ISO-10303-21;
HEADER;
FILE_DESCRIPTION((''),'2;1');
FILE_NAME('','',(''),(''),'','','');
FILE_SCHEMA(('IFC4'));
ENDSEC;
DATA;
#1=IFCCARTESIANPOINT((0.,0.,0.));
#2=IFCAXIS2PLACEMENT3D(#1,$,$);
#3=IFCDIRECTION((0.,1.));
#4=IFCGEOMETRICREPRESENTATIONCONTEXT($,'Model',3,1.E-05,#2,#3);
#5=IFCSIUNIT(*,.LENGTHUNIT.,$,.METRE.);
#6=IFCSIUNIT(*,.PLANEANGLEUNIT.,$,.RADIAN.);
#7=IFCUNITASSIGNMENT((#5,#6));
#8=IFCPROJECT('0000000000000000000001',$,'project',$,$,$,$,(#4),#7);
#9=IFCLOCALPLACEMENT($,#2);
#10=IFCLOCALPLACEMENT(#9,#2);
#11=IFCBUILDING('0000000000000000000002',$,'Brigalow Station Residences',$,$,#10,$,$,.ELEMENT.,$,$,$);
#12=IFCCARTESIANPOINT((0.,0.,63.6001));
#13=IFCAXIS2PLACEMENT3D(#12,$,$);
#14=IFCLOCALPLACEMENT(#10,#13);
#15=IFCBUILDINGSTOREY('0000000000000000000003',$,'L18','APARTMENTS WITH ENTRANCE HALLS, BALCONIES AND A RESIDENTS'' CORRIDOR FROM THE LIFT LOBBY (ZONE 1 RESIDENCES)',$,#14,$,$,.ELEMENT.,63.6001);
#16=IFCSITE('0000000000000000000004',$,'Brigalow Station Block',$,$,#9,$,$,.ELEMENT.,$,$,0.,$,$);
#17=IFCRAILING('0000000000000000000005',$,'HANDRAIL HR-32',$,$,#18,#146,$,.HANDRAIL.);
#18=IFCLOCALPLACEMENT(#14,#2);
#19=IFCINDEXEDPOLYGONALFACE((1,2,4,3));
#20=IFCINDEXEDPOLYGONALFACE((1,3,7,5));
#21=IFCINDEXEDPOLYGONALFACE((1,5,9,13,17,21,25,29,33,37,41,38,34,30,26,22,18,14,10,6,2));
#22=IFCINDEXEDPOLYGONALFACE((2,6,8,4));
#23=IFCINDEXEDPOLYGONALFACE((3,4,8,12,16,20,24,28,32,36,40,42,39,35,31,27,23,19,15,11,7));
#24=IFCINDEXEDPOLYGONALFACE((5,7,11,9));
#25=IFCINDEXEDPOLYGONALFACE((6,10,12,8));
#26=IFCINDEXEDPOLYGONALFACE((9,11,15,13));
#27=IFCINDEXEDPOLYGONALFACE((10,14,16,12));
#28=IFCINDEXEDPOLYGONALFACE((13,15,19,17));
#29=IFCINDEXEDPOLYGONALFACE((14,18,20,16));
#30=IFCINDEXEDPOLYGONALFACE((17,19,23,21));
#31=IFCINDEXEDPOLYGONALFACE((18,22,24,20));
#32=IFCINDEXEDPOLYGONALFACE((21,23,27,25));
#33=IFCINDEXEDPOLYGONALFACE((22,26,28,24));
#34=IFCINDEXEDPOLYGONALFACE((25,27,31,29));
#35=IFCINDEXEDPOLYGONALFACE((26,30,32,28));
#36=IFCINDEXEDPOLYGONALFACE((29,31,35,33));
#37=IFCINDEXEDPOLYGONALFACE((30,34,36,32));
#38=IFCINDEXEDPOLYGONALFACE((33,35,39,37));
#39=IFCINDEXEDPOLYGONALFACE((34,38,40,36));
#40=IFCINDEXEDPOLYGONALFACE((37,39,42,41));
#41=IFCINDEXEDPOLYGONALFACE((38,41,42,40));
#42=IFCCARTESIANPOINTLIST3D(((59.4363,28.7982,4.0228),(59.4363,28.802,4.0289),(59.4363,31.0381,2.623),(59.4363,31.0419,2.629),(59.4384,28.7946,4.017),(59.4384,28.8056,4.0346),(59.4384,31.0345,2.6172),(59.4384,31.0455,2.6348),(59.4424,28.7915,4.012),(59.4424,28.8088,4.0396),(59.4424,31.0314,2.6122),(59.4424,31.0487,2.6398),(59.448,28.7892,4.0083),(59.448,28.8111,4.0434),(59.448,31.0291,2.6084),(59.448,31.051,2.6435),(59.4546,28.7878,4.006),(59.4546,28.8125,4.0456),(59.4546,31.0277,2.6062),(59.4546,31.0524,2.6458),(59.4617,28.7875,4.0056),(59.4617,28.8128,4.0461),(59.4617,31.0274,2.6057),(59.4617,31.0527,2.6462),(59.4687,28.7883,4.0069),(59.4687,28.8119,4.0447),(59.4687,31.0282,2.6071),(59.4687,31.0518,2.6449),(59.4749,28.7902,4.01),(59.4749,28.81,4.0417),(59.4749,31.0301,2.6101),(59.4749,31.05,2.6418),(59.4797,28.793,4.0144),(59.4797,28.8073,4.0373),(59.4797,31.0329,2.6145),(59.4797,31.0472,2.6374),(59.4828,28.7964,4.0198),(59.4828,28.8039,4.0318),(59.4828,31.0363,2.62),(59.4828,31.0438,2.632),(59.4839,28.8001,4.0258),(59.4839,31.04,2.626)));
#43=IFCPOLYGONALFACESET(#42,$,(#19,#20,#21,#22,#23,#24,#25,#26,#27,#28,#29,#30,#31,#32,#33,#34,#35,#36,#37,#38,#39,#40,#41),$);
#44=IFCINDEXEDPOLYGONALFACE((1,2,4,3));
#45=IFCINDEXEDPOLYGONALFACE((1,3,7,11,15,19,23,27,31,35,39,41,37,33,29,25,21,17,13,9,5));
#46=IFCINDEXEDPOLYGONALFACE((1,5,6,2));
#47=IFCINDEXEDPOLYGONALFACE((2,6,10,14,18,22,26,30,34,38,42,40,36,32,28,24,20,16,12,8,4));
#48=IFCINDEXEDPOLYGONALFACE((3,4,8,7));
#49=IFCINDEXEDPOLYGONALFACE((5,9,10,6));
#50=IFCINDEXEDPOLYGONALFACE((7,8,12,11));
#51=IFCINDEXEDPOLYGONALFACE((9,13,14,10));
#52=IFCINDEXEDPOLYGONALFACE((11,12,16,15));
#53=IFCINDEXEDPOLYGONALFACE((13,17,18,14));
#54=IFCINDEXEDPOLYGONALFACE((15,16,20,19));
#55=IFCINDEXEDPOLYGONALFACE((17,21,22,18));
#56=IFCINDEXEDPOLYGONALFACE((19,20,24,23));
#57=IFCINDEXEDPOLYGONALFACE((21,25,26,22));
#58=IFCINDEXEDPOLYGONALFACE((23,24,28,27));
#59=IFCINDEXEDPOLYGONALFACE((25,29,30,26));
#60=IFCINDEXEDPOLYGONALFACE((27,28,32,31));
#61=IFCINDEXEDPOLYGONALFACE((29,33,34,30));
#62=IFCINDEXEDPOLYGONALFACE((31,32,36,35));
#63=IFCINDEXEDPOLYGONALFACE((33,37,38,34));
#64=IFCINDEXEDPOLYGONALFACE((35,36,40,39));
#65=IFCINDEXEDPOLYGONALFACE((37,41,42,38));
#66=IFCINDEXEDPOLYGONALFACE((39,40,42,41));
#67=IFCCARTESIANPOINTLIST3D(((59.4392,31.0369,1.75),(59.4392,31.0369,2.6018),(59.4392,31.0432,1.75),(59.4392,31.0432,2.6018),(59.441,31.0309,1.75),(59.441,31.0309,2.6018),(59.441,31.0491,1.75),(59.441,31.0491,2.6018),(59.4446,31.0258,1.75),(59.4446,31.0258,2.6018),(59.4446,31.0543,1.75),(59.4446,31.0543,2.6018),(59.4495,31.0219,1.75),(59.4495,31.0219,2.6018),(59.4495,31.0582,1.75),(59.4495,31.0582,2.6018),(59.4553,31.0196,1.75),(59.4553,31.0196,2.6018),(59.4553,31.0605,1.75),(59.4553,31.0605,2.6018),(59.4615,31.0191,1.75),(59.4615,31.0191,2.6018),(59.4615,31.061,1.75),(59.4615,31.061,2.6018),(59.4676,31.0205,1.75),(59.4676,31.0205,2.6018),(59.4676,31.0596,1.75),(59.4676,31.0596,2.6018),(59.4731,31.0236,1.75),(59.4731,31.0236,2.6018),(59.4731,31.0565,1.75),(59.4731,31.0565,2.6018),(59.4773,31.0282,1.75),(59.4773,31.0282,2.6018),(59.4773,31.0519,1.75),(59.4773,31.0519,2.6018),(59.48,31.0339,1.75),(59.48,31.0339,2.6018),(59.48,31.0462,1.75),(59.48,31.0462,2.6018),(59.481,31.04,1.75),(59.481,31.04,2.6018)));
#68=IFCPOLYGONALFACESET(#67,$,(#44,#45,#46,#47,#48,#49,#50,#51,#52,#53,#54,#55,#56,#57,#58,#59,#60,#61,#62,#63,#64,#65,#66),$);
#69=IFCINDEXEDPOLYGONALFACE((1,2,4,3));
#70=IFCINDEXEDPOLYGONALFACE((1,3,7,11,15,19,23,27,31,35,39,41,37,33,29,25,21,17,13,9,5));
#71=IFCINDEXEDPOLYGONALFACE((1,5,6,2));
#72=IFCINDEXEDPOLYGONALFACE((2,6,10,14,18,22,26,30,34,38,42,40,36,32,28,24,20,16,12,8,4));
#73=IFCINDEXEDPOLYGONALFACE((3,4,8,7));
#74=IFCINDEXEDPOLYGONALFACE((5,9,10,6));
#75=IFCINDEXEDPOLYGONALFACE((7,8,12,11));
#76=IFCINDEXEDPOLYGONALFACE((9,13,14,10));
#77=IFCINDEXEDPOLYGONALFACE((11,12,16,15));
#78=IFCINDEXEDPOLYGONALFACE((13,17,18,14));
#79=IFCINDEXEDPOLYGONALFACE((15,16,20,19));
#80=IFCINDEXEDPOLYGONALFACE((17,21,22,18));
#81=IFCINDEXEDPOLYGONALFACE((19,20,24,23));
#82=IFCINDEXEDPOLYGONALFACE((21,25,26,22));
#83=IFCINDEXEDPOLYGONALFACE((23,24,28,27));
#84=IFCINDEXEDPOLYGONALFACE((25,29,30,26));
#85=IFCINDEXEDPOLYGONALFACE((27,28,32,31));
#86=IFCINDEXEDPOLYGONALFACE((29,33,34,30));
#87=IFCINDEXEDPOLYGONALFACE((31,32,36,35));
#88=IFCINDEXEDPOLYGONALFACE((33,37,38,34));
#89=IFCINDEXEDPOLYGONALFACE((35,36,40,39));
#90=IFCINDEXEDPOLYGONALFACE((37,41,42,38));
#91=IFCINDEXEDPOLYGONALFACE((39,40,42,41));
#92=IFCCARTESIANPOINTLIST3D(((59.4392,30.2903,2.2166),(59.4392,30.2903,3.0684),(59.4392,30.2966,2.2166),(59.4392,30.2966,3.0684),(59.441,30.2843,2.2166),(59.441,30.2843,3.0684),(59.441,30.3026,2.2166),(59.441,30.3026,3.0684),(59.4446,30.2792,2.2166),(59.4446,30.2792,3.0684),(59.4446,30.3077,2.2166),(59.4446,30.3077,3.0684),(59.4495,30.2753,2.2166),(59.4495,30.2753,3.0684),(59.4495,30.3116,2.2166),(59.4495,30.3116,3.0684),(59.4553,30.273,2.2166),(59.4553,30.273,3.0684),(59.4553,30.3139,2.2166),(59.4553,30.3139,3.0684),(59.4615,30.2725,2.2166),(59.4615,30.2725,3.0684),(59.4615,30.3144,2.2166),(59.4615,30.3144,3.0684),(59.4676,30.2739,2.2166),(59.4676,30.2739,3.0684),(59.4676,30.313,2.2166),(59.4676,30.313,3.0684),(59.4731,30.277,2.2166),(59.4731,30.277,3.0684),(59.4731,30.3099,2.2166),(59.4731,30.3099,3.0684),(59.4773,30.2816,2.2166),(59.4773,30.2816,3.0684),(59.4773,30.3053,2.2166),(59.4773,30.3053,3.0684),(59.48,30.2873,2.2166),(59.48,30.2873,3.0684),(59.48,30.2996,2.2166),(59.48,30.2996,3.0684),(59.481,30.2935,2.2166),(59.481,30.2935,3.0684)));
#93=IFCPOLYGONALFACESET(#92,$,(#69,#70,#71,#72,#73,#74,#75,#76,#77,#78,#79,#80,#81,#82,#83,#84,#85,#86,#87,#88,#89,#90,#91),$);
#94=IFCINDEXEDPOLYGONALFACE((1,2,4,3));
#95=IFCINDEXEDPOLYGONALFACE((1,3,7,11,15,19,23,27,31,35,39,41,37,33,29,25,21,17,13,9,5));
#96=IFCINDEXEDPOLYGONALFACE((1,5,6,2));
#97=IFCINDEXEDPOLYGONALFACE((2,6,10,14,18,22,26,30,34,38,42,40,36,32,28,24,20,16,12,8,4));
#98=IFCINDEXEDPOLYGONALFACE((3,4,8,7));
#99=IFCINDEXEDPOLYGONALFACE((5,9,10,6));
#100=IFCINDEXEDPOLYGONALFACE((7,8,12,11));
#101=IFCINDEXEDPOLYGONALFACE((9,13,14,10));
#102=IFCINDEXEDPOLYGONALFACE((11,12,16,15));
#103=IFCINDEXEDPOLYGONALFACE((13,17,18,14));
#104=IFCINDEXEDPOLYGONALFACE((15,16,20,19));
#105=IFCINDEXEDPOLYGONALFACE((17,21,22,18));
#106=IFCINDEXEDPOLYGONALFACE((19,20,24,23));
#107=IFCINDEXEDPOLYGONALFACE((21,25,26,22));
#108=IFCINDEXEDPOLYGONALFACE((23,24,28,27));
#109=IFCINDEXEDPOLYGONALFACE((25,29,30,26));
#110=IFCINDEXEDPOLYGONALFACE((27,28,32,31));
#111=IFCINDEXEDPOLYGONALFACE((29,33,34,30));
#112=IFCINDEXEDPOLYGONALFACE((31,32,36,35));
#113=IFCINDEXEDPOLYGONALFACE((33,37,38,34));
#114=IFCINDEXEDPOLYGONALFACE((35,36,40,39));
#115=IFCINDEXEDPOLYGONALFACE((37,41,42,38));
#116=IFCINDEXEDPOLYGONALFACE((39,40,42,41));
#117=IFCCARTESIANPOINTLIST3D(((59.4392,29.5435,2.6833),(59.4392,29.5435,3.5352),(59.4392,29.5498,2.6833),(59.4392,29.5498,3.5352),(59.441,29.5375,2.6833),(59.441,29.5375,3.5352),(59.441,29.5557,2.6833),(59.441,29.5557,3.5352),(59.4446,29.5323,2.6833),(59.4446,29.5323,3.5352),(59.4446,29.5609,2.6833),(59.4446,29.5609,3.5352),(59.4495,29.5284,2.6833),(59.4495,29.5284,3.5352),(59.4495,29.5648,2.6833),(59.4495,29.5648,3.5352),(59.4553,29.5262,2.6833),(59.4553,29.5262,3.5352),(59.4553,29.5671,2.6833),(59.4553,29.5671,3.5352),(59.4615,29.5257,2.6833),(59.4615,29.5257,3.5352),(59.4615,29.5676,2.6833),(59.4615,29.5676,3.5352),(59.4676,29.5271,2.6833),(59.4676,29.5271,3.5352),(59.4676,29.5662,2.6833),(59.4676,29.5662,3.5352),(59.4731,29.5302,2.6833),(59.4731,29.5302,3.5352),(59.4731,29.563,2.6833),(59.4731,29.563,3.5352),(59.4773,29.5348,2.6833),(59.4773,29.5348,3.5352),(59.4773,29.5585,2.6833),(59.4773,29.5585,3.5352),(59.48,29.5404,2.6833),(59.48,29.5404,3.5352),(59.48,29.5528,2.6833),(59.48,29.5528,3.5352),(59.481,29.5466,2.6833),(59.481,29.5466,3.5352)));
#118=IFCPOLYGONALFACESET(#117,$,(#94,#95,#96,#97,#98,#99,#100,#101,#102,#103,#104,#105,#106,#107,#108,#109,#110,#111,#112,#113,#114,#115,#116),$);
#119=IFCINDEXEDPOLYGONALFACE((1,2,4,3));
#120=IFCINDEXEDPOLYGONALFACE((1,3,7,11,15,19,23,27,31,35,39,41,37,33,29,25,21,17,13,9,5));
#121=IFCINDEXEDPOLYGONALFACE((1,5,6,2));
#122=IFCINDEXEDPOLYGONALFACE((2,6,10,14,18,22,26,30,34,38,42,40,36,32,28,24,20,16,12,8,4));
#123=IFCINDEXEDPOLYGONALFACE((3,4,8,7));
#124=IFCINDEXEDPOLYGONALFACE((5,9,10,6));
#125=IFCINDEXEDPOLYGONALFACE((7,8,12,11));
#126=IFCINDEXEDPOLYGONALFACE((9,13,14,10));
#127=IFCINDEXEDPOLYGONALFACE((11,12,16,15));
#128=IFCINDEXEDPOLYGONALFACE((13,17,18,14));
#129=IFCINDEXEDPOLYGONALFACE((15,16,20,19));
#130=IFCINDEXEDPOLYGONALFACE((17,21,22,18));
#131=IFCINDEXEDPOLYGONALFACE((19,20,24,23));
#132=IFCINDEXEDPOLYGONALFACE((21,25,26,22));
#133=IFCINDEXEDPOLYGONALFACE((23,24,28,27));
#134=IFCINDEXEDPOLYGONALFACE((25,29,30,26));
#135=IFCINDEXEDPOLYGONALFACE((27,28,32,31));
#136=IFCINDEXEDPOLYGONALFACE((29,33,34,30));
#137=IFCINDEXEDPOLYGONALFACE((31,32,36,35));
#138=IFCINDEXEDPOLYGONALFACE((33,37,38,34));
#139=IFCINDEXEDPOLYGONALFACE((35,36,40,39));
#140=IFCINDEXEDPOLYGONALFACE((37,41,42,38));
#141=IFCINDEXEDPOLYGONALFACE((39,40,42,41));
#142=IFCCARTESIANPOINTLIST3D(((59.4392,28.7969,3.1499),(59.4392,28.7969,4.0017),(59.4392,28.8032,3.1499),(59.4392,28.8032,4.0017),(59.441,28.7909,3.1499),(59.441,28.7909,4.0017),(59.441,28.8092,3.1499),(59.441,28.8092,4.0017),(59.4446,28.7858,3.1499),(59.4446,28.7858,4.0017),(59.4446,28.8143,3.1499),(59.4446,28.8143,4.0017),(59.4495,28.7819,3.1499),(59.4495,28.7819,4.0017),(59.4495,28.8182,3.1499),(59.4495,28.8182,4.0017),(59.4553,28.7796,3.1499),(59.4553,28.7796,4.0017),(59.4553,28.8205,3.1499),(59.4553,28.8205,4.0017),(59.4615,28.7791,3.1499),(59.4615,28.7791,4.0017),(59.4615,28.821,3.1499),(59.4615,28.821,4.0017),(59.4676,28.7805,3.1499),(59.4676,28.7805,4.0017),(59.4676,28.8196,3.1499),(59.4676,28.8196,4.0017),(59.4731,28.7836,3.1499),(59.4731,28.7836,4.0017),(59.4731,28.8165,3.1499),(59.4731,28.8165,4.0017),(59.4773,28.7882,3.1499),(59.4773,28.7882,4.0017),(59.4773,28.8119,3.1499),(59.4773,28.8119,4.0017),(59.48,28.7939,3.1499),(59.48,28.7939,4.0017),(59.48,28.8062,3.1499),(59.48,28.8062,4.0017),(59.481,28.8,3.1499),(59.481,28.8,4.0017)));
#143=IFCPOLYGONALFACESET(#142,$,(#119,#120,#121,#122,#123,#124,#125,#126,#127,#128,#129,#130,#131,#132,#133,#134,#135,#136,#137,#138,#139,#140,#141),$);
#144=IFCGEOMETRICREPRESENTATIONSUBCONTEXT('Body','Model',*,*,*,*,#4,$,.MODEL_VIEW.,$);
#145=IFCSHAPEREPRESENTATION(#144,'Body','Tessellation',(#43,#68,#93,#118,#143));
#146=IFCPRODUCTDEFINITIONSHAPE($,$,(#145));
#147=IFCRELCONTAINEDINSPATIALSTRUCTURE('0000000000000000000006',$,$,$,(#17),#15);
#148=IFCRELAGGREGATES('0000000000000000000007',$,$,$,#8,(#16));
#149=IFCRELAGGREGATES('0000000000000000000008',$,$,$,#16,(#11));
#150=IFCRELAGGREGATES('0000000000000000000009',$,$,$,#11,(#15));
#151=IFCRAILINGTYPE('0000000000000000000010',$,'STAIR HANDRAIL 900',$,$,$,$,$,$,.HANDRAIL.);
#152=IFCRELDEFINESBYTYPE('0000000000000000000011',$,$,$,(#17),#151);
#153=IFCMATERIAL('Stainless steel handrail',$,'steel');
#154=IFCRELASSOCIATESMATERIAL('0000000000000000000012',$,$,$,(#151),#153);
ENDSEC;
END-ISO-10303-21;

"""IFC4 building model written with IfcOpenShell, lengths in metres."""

from ifc_helpers import new_model, si_unit, direction, frame, origin, origin_2d, place, context, subcontext, project, spatial, circle, extrude, material, type_object, element, save


model = new_model("IFC4")

# Units and contexts
model_context = context("Model", 3, precision=1e-05, world=origin(), true_north=direction((0.0, 1.0)))
body_context = subcontext(model_context, "Body", "Model", "MODEL_VIEW")
ifc_project = project(units=[si_unit("LENGTHUNIT", "METRE"), si_unit("PLANEANGLEUNIT", "RADIAN")], contexts=[model_context])

# Site, building, storey
site_placement = place(None, origin())
site = spatial("IfcSite", under=ifc_project, at=site_placement, Name="Brigalow Station Block", CompositionType="ELEMENT", RefElevation=0.0)
building_placement = place(site_placement, origin())
building = spatial("IfcBuilding", under=site, at=building_placement, Name="Brigalow Station Residences", CompositionType="ELEMENT")
storey_placement = place(building_placement, frame((0.0, 0.0, 63.6001)))
storey = spatial("IfcBuildingStorey", under=building, at=storey_placement, Name="L18", Description="APARTMENTS WITH ENTRANCE HALLS, BALCONIES AND A RESIDENTS' CORRIDOR FROM THE LIFT LOBBY (ZONE 1 RESIDENCES)", CompositionType="ELEMENT", Elevation=63.6001)

# Railing
ifc_material_1 = material(Name="Stainless steel handrail", Category="steel")
railing_type_1 = type_object("IfcRailingType", Name="STAIR HANDRAIL 900", PredefinedType="HANDRAIL", material=ifc_material_1)
railing_1_placement = place(storey_placement, frame((59.46, 31.04, 1.75)))
element("IfcRailing", 1, at=railing_1_placement, inside=storey, type_object=railing_type_1, Name="HANDRAIL HR-32", PredefinedType="HANDRAIL", context=body_context, shape_type="SweptSolid", body=[
    extrude(circle(Radius=0.0239, at=origin_2d()), frame((0.0, 0.0, 0.876), z_axis=(0.0, -0.848014, 0.529974), x_axis=(1.0, 0.0, 0.0)), (0.0, 0.0, 1.0), 2.6414),
    extrude(circle(Radius=0.021, at=origin_2d()), origin(), (0.0, 0.0, 1.0), 0.8518),
    extrude(circle(Radius=0.021, at=origin_2d()), frame((0.0, -0.7466, 0.4666)), (0.0, 0.0, 1.0), 0.8518),
    extrude(circle(Radius=0.021, at=origin_2d()), frame((0.0, -1.4934, 0.9333)), (0.0, 0.0, 1.0), 0.8518),
    extrude(circle(Radius=0.021, at=origin_2d()), frame((0.0, -2.24, 1.3999)), (0.0, 0.0, 1.0), 0.8518),
])

save(model, "model.ifc")
